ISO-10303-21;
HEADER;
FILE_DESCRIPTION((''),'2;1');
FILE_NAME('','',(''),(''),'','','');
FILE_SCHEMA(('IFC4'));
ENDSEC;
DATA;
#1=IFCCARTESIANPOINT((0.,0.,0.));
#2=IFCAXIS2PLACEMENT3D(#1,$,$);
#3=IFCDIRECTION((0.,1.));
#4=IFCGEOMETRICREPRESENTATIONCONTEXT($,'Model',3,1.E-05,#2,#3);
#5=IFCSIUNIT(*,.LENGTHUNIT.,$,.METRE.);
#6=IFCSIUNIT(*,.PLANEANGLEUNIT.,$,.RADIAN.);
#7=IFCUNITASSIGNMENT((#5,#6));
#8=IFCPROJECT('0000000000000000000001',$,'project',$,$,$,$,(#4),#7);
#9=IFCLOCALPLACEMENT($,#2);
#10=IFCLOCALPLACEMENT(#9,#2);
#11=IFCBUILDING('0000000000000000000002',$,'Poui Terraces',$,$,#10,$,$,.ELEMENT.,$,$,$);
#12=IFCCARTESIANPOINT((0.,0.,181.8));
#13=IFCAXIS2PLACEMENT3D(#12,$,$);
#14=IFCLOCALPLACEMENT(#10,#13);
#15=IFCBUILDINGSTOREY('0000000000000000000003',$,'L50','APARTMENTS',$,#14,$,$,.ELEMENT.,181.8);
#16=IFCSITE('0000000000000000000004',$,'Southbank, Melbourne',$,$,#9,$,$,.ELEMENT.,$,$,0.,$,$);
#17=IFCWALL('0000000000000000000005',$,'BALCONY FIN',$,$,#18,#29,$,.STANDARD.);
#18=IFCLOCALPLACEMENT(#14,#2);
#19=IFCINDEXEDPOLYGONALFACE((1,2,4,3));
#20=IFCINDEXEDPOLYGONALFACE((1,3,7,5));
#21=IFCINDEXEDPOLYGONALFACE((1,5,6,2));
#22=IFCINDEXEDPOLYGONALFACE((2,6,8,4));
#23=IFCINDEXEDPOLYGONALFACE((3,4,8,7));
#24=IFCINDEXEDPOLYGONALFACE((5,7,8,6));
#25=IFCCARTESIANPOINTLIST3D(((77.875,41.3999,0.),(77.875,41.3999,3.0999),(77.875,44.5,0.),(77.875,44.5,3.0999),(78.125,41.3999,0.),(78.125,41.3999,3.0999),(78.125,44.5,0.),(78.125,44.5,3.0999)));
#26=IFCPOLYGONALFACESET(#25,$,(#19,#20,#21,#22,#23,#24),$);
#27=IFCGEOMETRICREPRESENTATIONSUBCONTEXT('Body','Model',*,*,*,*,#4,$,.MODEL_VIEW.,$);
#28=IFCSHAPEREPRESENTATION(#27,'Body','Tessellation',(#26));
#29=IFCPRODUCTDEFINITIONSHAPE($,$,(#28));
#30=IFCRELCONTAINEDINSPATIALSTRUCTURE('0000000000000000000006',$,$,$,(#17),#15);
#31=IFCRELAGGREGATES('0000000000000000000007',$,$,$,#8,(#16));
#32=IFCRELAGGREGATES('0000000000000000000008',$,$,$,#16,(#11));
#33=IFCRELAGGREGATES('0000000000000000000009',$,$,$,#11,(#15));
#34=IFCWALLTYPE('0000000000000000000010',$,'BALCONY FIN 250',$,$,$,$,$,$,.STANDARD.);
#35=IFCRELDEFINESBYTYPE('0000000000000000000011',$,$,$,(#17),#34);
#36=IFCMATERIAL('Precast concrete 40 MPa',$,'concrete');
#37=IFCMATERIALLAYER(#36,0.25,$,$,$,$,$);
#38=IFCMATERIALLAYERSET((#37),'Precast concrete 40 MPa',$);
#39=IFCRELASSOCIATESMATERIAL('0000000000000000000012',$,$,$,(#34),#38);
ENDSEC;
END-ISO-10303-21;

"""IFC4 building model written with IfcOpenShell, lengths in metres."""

from ifc_helpers import new_model, si_unit, direction, frame, origin, place, context, subcontext, project, spatial, polyline, outline, extrude, source, transform, mapped, material, layer, layer_set, type_object, element, save


model = new_model("IFC4")

# Units and contexts
model_context = context("Model", 3, precision=1e-05, world=origin(), true_north=direction((0.0, 1.0)))
body_context = subcontext(model_context, "Body", "Model", "MODEL_VIEW")
ifc_project = project(units=[si_unit("LENGTHUNIT", "METRE"), si_unit("PLANEANGLEUNIT", "RADIAN")], contexts=[model_context])

# Site, building, storey
site_placement = place(None, origin())
site = spatial("IfcSite", under=ifc_project, at=site_placement, Name="Southbank, Melbourne", CompositionType="ELEMENT", RefElevation=0.0)
building_placement = place(site_placement, origin())
building = spatial("IfcBuilding", under=site, at=building_placement, Name="Poui Terraces", CompositionType="ELEMENT")
storey_placement = place(building_placement, frame((0.0, 0.0, 181.8)))
storey = spatial("IfcBuildingStorey", under=building, at=storey_placement, Name="L50", Description="APARTMENTS", CompositionType="ELEMENT", Elevation=181.8)

# Shared definitions
ifc_material_1 = material(Name="Precast concrete 40 MPa", Category="concrete")

# Wall
ifc_layer_1 = layer(ifc_material_1, 0.25)
ifc_layer_set_1 = layer_set([ifc_layer_1], Name="Precast concrete 40 MPa")
wall_type_1 = type_object("IfcWallType", Name="BALCONY FIN 250", PredefinedType="STANDARD", material=ifc_layer_set_1)
shared_shape_1 = source(origin(), body_context, "Body", "SweptSolid", [
    extrude(outline(polyline([(0.0, 0.0), (0.25, 0.0), (0.25, 3.1001), (0.0, 3.1001), (0.0, 0.0)])), origin(), (0.0, 0.0, 1.0), 3.0999),
])
wall_1_placement = place(storey_placement, frame((77.875, 41.3999, 0.0)))
element("IfcWall", 1, at=wall_1_placement, inside=storey, type_object=wall_type_1, Name="BALCONY FIN", PredefinedType="STANDARD", context=body_context, shape_type="MappedRepresentation", body=[
    mapped(shared_shape_1, transform((0.0, 0.0, 0.0))),
])

save(model, "model.ifc")
